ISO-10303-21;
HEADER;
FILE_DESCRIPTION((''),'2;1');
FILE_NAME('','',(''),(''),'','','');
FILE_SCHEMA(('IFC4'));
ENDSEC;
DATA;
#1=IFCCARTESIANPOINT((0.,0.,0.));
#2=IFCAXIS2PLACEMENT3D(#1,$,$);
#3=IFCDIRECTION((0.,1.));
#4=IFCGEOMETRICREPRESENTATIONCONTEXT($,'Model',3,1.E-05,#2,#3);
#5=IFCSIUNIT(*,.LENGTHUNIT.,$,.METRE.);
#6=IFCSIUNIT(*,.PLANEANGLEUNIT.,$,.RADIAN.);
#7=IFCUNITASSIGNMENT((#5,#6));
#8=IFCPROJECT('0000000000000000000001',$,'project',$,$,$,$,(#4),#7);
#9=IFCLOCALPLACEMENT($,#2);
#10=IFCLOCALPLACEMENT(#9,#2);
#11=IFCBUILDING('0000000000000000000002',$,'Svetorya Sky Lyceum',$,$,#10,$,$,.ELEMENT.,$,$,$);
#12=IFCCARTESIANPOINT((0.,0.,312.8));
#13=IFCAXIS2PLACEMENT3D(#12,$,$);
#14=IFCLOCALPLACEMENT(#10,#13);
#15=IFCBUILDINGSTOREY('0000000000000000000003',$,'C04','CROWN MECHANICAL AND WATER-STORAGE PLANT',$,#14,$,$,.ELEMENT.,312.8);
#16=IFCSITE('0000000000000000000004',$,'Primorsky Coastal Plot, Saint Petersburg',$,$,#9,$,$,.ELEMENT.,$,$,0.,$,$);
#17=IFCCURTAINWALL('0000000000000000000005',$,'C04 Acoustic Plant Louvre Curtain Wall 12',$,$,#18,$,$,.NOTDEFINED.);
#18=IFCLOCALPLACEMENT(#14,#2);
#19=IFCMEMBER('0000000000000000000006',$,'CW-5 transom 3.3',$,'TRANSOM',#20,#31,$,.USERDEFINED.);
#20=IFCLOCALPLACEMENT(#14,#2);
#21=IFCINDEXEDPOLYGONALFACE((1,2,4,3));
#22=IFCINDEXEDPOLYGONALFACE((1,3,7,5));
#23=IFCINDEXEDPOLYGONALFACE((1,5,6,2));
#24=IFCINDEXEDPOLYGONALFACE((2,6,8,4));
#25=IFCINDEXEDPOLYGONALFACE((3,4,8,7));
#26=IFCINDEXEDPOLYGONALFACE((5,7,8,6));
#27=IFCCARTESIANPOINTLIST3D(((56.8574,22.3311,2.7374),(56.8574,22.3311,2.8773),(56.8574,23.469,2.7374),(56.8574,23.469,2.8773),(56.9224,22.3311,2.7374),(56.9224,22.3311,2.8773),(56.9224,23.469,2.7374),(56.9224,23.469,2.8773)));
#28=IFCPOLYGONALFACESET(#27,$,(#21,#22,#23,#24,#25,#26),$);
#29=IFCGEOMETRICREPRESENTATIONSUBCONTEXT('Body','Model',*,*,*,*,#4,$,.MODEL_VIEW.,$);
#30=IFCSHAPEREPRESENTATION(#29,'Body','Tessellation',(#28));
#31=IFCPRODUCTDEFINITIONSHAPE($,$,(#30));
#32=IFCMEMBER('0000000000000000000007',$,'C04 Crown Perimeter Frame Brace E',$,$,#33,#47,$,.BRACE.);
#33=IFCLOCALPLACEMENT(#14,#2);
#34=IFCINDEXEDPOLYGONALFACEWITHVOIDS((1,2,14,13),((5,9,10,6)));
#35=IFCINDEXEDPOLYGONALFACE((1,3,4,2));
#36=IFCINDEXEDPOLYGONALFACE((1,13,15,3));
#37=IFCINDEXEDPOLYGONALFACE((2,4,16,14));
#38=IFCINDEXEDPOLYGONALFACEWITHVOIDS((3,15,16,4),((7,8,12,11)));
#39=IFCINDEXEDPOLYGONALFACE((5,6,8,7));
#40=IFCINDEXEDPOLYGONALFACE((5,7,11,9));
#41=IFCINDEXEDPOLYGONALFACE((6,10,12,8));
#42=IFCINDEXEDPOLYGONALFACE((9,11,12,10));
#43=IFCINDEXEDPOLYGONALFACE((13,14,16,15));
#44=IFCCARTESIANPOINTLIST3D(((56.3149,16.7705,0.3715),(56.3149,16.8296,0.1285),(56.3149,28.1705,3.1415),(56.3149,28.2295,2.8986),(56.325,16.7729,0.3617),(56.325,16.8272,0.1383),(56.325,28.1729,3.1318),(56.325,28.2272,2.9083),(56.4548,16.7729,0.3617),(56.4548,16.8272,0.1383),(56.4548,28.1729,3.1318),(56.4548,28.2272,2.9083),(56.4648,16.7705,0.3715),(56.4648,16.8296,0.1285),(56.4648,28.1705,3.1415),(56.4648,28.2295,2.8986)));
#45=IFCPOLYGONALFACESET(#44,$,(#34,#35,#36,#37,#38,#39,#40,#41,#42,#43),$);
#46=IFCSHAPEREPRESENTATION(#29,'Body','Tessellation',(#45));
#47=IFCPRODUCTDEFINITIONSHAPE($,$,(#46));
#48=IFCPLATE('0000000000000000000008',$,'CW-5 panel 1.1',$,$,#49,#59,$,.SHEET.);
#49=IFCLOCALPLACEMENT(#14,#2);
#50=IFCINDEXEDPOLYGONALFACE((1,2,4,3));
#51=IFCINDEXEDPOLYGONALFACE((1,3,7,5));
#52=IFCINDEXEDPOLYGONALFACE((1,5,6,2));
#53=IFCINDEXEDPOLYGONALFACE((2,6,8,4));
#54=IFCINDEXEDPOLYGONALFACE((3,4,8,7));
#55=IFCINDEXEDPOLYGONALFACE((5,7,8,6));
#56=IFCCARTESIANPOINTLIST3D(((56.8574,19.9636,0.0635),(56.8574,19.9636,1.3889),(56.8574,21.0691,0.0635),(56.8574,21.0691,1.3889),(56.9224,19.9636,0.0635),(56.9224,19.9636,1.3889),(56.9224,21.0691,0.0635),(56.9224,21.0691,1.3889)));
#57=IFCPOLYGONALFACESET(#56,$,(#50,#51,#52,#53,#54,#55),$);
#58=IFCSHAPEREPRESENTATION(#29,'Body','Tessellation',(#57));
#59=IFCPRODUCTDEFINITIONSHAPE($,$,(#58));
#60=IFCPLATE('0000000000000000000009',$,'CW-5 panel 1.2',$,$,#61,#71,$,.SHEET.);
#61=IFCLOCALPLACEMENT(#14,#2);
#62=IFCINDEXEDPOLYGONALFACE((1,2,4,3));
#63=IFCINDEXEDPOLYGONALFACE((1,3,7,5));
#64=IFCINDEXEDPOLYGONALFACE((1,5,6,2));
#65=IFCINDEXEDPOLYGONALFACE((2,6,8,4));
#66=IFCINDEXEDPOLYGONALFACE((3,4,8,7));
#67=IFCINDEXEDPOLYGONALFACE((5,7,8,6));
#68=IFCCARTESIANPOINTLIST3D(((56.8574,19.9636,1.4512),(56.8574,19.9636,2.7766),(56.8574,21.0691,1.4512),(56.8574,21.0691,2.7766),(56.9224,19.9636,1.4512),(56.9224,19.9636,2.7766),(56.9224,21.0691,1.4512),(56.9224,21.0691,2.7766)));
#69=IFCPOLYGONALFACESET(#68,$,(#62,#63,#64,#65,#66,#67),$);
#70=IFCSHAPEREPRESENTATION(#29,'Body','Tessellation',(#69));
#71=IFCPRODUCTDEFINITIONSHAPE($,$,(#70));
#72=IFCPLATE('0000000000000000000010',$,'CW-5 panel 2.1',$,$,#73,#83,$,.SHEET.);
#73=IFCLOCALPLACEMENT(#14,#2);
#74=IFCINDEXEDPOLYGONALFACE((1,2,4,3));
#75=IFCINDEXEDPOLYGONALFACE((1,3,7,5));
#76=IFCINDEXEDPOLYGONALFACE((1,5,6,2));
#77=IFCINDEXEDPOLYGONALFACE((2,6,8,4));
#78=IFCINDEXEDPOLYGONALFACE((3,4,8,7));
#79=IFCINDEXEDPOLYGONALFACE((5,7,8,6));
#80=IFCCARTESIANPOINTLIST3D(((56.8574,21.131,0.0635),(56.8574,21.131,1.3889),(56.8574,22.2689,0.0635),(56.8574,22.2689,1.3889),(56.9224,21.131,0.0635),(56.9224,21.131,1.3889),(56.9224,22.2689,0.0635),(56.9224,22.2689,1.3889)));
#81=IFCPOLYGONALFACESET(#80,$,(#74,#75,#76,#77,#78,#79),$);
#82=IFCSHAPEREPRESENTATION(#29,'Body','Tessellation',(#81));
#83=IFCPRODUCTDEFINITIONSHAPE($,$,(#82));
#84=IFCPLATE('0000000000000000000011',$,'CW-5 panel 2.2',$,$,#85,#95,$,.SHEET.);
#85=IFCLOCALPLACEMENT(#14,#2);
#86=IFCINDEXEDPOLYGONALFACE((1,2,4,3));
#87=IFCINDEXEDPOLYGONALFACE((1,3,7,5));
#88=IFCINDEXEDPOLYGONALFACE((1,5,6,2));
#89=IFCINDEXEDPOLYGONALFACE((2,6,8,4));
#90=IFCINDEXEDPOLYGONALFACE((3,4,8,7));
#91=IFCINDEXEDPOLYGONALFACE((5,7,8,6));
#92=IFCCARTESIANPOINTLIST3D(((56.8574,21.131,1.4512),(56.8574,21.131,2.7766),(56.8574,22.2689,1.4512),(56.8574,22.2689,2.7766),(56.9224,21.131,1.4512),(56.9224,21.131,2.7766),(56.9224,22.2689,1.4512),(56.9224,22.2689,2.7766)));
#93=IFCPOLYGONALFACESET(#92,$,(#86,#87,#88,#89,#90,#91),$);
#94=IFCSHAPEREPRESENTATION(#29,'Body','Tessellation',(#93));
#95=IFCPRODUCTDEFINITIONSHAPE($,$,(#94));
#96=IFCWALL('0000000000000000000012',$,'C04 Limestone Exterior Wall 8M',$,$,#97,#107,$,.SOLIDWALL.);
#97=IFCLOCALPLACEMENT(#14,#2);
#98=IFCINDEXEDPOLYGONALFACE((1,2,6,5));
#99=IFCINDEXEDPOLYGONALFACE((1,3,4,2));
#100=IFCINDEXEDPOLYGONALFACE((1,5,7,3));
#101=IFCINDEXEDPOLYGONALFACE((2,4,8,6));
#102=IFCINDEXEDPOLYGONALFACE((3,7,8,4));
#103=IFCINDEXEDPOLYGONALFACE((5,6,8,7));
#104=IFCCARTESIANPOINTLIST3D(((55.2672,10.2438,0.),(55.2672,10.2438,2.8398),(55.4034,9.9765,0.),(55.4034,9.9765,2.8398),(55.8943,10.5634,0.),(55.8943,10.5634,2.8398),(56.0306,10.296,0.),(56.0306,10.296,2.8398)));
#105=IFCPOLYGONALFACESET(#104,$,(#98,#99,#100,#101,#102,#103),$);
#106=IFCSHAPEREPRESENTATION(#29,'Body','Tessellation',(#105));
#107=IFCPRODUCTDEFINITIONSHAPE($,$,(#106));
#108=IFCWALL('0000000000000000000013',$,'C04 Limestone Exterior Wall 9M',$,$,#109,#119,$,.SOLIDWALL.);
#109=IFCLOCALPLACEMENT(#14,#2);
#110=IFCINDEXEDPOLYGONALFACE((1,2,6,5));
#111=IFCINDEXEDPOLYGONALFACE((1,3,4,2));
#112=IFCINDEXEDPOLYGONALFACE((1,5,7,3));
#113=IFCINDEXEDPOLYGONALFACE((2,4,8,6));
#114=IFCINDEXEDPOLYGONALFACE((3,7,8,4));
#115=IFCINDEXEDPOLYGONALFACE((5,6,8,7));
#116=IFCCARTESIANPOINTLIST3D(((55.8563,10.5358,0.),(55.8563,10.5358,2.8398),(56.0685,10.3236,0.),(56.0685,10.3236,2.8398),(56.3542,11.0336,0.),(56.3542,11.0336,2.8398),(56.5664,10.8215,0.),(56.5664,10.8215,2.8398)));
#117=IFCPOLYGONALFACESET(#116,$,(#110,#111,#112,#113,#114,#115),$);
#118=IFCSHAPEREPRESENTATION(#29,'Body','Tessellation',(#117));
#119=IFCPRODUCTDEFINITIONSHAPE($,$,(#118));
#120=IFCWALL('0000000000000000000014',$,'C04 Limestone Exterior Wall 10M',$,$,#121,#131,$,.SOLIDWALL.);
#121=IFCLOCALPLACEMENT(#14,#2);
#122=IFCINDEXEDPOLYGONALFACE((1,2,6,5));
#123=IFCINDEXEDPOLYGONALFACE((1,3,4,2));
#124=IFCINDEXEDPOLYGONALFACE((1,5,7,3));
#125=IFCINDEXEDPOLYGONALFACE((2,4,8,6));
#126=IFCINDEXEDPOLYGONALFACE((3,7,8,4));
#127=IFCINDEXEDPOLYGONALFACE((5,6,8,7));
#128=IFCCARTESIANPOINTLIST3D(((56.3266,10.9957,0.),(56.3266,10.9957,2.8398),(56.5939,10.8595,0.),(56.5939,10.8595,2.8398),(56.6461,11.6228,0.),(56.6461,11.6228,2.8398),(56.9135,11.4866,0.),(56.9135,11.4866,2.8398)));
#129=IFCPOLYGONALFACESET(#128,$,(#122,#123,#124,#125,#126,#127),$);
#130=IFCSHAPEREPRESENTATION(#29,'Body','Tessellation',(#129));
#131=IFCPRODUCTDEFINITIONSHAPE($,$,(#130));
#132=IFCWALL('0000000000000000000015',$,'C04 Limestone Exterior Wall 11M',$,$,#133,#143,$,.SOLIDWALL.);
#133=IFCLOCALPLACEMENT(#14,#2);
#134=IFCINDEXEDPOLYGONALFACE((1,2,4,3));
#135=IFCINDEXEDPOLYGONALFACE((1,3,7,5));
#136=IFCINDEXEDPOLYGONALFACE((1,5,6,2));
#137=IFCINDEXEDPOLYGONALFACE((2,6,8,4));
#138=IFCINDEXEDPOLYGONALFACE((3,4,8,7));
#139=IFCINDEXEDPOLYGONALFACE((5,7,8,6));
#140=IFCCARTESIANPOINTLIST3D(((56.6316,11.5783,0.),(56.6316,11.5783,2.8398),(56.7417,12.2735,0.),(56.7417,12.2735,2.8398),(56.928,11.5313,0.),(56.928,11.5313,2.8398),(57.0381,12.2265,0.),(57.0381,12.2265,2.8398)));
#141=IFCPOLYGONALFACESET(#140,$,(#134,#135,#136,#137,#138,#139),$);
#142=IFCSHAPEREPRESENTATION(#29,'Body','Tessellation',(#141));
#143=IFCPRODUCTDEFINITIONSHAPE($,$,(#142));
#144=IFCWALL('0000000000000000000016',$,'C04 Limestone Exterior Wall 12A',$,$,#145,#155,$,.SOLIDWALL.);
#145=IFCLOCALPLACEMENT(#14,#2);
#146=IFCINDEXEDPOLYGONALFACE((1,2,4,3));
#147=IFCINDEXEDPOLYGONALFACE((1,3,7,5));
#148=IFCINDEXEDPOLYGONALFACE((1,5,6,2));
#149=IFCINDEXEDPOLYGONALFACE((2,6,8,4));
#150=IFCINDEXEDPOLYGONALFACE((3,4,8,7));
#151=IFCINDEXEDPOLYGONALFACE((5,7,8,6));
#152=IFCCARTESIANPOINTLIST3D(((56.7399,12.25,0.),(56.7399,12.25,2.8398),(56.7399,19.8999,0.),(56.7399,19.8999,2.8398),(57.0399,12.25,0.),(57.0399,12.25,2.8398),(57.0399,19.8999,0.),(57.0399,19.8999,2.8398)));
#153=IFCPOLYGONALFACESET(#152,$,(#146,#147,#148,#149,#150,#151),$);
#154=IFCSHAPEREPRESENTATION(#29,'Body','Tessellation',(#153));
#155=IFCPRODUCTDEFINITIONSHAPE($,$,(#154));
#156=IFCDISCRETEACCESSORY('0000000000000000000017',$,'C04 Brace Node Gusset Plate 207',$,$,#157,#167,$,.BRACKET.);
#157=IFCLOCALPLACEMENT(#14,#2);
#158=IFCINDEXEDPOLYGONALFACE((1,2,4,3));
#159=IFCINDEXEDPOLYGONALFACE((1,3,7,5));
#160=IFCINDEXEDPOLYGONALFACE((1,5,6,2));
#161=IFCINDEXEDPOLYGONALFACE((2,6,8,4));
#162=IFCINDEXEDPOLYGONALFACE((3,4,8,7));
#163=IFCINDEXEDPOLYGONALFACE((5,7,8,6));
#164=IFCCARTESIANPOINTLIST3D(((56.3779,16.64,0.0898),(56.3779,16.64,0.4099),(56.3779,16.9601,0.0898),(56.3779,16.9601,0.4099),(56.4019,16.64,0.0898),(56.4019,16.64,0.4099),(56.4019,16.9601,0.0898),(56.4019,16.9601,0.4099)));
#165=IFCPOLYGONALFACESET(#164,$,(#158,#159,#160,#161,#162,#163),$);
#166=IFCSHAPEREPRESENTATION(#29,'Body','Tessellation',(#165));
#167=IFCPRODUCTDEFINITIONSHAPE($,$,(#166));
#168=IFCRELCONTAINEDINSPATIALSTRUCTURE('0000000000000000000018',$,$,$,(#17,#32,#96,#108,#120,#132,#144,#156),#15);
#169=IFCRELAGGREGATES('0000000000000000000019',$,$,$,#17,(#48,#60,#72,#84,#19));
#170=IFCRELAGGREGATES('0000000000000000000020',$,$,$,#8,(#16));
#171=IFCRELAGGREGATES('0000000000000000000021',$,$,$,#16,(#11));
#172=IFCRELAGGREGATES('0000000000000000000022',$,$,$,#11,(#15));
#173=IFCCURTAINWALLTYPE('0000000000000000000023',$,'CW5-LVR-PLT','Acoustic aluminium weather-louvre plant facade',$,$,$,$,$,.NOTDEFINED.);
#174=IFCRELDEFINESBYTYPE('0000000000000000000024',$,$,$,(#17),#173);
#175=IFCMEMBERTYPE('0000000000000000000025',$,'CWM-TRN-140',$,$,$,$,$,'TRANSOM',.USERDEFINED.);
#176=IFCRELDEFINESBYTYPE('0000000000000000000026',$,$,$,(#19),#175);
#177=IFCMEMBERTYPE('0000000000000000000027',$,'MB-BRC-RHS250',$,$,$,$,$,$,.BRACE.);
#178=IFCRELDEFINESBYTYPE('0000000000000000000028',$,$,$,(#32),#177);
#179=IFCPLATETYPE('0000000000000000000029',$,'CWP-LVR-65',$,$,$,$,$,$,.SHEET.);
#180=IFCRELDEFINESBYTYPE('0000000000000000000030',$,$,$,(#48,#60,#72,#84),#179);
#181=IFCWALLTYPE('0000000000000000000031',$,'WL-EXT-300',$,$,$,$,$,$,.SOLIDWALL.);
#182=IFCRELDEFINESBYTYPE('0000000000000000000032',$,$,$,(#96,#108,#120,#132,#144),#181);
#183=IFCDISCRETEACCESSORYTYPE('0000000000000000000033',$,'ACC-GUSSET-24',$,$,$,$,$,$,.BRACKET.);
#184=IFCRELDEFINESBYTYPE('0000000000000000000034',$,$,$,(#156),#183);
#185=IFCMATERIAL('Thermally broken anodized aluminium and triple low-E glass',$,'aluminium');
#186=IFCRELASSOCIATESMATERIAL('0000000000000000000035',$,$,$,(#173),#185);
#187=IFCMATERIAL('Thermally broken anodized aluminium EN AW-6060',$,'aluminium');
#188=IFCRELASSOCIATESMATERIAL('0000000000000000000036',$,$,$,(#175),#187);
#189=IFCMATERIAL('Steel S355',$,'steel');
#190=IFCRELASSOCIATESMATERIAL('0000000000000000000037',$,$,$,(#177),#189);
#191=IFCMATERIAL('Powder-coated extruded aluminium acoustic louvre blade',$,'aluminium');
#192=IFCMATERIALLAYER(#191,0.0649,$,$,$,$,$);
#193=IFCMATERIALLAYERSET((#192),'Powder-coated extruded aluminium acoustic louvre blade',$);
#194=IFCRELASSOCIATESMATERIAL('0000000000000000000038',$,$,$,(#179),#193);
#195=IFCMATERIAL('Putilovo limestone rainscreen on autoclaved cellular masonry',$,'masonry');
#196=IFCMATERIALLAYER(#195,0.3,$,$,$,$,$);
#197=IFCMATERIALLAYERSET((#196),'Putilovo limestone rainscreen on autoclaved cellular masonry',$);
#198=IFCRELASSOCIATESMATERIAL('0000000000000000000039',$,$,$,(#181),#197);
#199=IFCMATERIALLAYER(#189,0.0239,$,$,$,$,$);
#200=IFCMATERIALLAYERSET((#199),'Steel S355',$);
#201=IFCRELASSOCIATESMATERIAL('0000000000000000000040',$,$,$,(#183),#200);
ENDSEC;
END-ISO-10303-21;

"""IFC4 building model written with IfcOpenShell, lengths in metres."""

from ifc_helpers import new_model, si_unit, direction, frame, frame_2d, origin, origin_2d, place, context, subcontext, project, spatial, rectangle, hollow_rectangle, extrude, material, layer, layer_set, material_profile, profile_set, type_object, element, aggregate, save


model = new_model("IFC4")

# Units and contexts
model_context = context("Model", 3, precision=1e-05, world=origin(), true_north=direction((0.0, 1.0)))
body_context = subcontext(model_context, "Body", "Model", "MODEL_VIEW")
ifc_project = project(units=[si_unit("LENGTHUNIT", "METRE"), si_unit("PLANEANGLEUNIT", "RADIAN")], contexts=[model_context])

# Site, building, storey
site_placement = place(None, origin())
site = spatial("IfcSite", under=ifc_project, at=site_placement, Name="Primorsky Coastal Plot, Saint Petersburg", CompositionType="ELEMENT", RefElevation=0.0)
building_placement = place(site_placement, origin())
building = spatial("IfcBuilding", under=site, at=building_placement, Name="Svetorya Sky Lyceum", CompositionType="ELEMENT")
storey_placement = place(building_placement, frame((0.0, 0.0, 312.8)))
storey = spatial("IfcBuildingStorey", under=building, at=storey_placement, Name="C04", Description="CROWN MECHANICAL AND WATER-STORAGE PLANT", CompositionType="ELEMENT", Elevation=312.8)

# Shared definitions
ifc_material_1 = material(Name="Steel S355", Category="steel")

# Curtain wall, member
ifc_material_2 = material(Name="Thermally broken anodized aluminium and triple low-E glass", Category="aluminium")
curtain_wall_type = type_object("IfcCurtainWallType", Name="CW5-LVR-PLT", Description="Acoustic aluminium weather-louvre plant facade", PredefinedType="NOTDEFINED", material=ifc_material_2)
curtain_wall_placement = place(storey_placement, origin())
curtain_wall = element("IfcCurtainWall", 1, at=curtain_wall_placement, inside=storey, type_object=curtain_wall_type, Name="C04 Acoustic Plant Louvre Curtain Wall 12", PredefinedType="NOTDEFINED")
ifc_material_3 = material(Name="Thermally broken anodized aluminium EN AW-6060", Category="aluminium")
ifc_material_profile_1 = material_profile(ifc_material_3, rectangle(XDim=0.0649, YDim=0.1399, at=origin_2d()), Name="ALU TRANSOM 65x140")
ifc_profile_set_1 = profile_set([ifc_material_profile_1], Name="Thermally broken anodized aluminium EN AW-6060")
member_type_1 = type_object("IfcMemberType", Name="CWM-TRN-140", ElementType="TRANSOM", PredefinedType="USERDEFINED", material=ifc_profile_set_1)
member_1_placement = place(storey_placement, frame((56.8899, 22.3311, 2.8074), z_axis=(0.0, 1.0, 0.0), x_axis=(-1.0, 0.0, 0.0)))
member_1 = element("IfcMember", 2, at=member_1_placement, type_object=member_type_1, Name="CW-5 transom 3.3", ObjectType="TRANSOM", PredefinedType="USERDEFINED", context=body_context, shape_type="SweptSolid", body=[
    extrude(rectangle(XDim=0.0649, YDim=0.1399, at=origin_2d()), origin(), (0.0, 0.0, 1.0), 1.1379),
])

# Member
ifc_material_profile_2 = material_profile(ifc_material_1, hollow_rectangle(XDim=0.1499, YDim=0.25, WallThickness=0.01, at=origin_2d()), Name="RHS 250x150x10")
ifc_profile_set_2 = profile_set([ifc_material_profile_2], Name="Steel S355")
member_type_2 = type_object("IfcMemberType", Name="MB-BRC-RHS250", PredefinedType="BRACE", material=ifc_profile_set_2)
member_2_placement = place(storey_placement, frame((56.3899, 16.8, 0.25), z_axis=(0.0, 0.971725, 0.236116), x_axis=(-1.0, 0.0, 0.0)))
element("IfcMember", 3, at=member_2_placement, inside=storey, type_object=member_type_2, Name="C04 Crown Perimeter Frame Brace E", PredefinedType="BRACE", context=body_context, shape_type="SweptSolid", body=[
    extrude(hollow_rectangle(XDim=0.1499, YDim=0.25, WallThickness=0.01, at=origin_2d()), origin(), (0.0, 0.0, 1.0), 11.7317),
])

# Plates
ifc_material_4 = material(Name="Powder-coated extruded aluminium acoustic louvre blade", Category="aluminium")
ifc_layer_1 = layer(ifc_material_4, 0.0649)
ifc_layer_set_1 = layer_set([ifc_layer_1], Name="Powder-coated extruded aluminium acoustic louvre blade")
plate_type = type_object("IfcPlateType", Name="CWP-LVR-65", PredefinedType="SHEET", material=ifc_layer_set_1)
plate_1_placement = place(storey_placement, frame((56.8899, 20.5164, 0.0635), z_axis=(0.0, 0.0, 1.0), x_axis=(0.0, 1.0, 0.0)))
plate_1 = element("IfcPlate", 4, at=plate_1_placement, type_object=plate_type, Name="CW-5 panel 1.1", PredefinedType="SHEET", context=body_context, shape_type="SweptSolid", body=[
    extrude(rectangle(XDim=1.1055, YDim=0.0649, at=origin_2d()), origin(), (0.0, 0.0, 1.0), 1.3254),
])
plate_2_placement = place(storey_placement, frame((56.8899, 20.5164, 1.4512), z_axis=(0.0, 0.0, 1.0), x_axis=(0.0, 1.0, 0.0)))
plate_2 = element("IfcPlate", 5, at=plate_2_placement, type_object=plate_type, Name="CW-5 panel 1.2", PredefinedType="SHEET", context=body_context, shape_type="SweptSolid", body=[
    extrude(rectangle(XDim=1.1055, YDim=0.0649, at=origin_2d()), origin(), (0.0, 0.0, 1.0), 1.3254),
])
plate_3_placement = place(storey_placement, frame((56.8899, 21.7, 0.0635), z_axis=(0.0, 0.0, 1.0), x_axis=(0.0, 1.0, 0.0)))
plate_3 = element("IfcPlate", 6, at=plate_3_placement, type_object=plate_type, Name="CW-5 panel 2.1", PredefinedType="SHEET", context=body_context, shape_type="SweptSolid", body=[
    extrude(rectangle(XDim=1.1379, YDim=0.0649, at=origin_2d()), origin(), (0.0, 0.0, 1.0), 1.3254),
])
plate_4_placement = place(storey_placement, frame((56.8899, 21.7, 1.4512), z_axis=(0.0, 0.0, 1.0), x_axis=(0.0, 1.0, 0.0)))
plate_4 = element("IfcPlate", 7, at=plate_4_placement, type_object=plate_type, Name="CW-5 panel 2.2", PredefinedType="SHEET", context=body_context, shape_type="SweptSolid", body=[
    extrude(rectangle(XDim=1.1379, YDim=0.0649, at=origin_2d()), origin(), (0.0, 0.0, 1.0), 1.3254),
])
aggregate(curtain_wall, [plate_1, plate_2, plate_3, plate_4, member_1])

# Walls
ifc_material_5 = material(Name="Putilovo limestone rainscreen on autoclaved cellular masonry", Category="masonry")
ifc_layer_2 = layer(ifc_material_5, 0.3)
ifc_layer_set_2 = layer_set([ifc_layer_2], Name="Putilovo limestone rainscreen on autoclaved cellular masonry")
wall_type = type_object("IfcWallType", Name="WL-EXT-300", PredefinedType="SOLIDWALL", material=ifc_layer_set_2)
wall_1_placement = place(storey_placement, frame((55.3352, 10.1101, 0.0), z_axis=(0.0, 0.0, 1.0), x_axis=(0.891002, 0.453999, 0.0)))
element("IfcWall", 8, at=wall_1_placement, inside=storey, type_object=wall_type, Name="C04 Limestone Exterior Wall 8M", PredefinedType="SOLIDWALL", context=body_context, shape_type="SweptSolid", body=[
    extrude(rectangle(XDim=0.7039, YDim=0.3, at=frame_2d((0.3521, 0.0))), origin(), (0.0, 0.0, 1.0), 2.8398),
])
wall_2_placement = place(storey_placement, frame((55.9624, 10.4297, 0.0), z_axis=(0.0, 0.0, 1.0), x_axis=(0.707107, 0.707107, 0.0)))
element("IfcWall", 9, at=wall_2_placement, inside=storey, type_object=wall_type, Name="C04 Limestone Exterior Wall 9M", PredefinedType="SOLIDWALL", context=body_context, shape_type="SweptSolid", body=[
    extrude(rectangle(XDim=0.7041, YDim=0.3, at=frame_2d((0.3521, 0.0))), origin(), (0.0, 0.0, 1.0), 2.8398),
])
for number, where, z_axis, x_axis, name in (
    (10, (56.4602, 10.9275, 0.0), (0.0, 0.0, 1.0), (0.453999, 0.891002, 0.0), "C04 Limestone Exterior Wall 10M"),
    (11, (56.7798, 11.5547, 0.0), (0.0, 0.0, 1.0), (0.156408, 0.987693, 0.0), "C04 Limestone Exterior Wall 11M"),
):
    element("IfcWall", number, at=place(storey_placement, frame(where, z_axis=z_axis, x_axis=x_axis)), inside=storey, type_object=wall_type, Name=name, PredefinedType="SOLIDWALL", context=body_context, shape_type="SweptSolid", body=[
        extrude(rectangle(XDim=0.7039, YDim=0.3, at=frame_2d((0.3521, 0.0))), origin(), (0.0, 0.0, 1.0), 2.8398),
    ])
wall_3_placement = place(storey_placement, frame((56.8899, 12.25, 0.0), z_axis=(0.0, 0.0, 1.0), x_axis=(0.0, 1.0, 0.0)))
element("IfcWall", 12, at=wall_3_placement, inside=storey, type_object=wall_type, Name="C04 Limestone Exterior Wall 12A", PredefinedType="SOLIDWALL", context=body_context, shape_type="SweptSolid", body=[
    extrude(rectangle(XDim=7.6499, YDim=0.3, at=frame_2d((3.825, 0.0))), origin(), (0.0, 0.0, 1.0), 2.8398),
])

# Discrete accessory
ifc_layer_3 = layer(ifc_material_1, 0.0239)
ifc_layer_set_3 = layer_set([ifc_layer_3], Name="Steel S355")
discrete_accessory_type = type_object("IfcDiscreteAccessoryType", Name="ACC-GUSSET-24", PredefinedType="BRACKET", material=ifc_layer_set_3)
discrete_accessory_placement = place(storey_placement, frame((56.3899, 16.8, 0.0898), z_axis=(0.0, 0.0, 1.0), x_axis=(1.0, 0.0, 0.0)))
element("IfcDiscreteAccessory", 13, at=discrete_accessory_placement, inside=storey, type_object=discrete_accessory_type, Name="C04 Brace Node Gusset Plate 207", PredefinedType="BRACKET", context=body_context, shape_type="SweptSolid", body=[
    extrude(rectangle(XDim=0.0239, YDim=0.3201, at=origin_2d()), origin(), (0.0, 0.0, 1.0), 0.3201),
])

save(model, "model.ifc")
